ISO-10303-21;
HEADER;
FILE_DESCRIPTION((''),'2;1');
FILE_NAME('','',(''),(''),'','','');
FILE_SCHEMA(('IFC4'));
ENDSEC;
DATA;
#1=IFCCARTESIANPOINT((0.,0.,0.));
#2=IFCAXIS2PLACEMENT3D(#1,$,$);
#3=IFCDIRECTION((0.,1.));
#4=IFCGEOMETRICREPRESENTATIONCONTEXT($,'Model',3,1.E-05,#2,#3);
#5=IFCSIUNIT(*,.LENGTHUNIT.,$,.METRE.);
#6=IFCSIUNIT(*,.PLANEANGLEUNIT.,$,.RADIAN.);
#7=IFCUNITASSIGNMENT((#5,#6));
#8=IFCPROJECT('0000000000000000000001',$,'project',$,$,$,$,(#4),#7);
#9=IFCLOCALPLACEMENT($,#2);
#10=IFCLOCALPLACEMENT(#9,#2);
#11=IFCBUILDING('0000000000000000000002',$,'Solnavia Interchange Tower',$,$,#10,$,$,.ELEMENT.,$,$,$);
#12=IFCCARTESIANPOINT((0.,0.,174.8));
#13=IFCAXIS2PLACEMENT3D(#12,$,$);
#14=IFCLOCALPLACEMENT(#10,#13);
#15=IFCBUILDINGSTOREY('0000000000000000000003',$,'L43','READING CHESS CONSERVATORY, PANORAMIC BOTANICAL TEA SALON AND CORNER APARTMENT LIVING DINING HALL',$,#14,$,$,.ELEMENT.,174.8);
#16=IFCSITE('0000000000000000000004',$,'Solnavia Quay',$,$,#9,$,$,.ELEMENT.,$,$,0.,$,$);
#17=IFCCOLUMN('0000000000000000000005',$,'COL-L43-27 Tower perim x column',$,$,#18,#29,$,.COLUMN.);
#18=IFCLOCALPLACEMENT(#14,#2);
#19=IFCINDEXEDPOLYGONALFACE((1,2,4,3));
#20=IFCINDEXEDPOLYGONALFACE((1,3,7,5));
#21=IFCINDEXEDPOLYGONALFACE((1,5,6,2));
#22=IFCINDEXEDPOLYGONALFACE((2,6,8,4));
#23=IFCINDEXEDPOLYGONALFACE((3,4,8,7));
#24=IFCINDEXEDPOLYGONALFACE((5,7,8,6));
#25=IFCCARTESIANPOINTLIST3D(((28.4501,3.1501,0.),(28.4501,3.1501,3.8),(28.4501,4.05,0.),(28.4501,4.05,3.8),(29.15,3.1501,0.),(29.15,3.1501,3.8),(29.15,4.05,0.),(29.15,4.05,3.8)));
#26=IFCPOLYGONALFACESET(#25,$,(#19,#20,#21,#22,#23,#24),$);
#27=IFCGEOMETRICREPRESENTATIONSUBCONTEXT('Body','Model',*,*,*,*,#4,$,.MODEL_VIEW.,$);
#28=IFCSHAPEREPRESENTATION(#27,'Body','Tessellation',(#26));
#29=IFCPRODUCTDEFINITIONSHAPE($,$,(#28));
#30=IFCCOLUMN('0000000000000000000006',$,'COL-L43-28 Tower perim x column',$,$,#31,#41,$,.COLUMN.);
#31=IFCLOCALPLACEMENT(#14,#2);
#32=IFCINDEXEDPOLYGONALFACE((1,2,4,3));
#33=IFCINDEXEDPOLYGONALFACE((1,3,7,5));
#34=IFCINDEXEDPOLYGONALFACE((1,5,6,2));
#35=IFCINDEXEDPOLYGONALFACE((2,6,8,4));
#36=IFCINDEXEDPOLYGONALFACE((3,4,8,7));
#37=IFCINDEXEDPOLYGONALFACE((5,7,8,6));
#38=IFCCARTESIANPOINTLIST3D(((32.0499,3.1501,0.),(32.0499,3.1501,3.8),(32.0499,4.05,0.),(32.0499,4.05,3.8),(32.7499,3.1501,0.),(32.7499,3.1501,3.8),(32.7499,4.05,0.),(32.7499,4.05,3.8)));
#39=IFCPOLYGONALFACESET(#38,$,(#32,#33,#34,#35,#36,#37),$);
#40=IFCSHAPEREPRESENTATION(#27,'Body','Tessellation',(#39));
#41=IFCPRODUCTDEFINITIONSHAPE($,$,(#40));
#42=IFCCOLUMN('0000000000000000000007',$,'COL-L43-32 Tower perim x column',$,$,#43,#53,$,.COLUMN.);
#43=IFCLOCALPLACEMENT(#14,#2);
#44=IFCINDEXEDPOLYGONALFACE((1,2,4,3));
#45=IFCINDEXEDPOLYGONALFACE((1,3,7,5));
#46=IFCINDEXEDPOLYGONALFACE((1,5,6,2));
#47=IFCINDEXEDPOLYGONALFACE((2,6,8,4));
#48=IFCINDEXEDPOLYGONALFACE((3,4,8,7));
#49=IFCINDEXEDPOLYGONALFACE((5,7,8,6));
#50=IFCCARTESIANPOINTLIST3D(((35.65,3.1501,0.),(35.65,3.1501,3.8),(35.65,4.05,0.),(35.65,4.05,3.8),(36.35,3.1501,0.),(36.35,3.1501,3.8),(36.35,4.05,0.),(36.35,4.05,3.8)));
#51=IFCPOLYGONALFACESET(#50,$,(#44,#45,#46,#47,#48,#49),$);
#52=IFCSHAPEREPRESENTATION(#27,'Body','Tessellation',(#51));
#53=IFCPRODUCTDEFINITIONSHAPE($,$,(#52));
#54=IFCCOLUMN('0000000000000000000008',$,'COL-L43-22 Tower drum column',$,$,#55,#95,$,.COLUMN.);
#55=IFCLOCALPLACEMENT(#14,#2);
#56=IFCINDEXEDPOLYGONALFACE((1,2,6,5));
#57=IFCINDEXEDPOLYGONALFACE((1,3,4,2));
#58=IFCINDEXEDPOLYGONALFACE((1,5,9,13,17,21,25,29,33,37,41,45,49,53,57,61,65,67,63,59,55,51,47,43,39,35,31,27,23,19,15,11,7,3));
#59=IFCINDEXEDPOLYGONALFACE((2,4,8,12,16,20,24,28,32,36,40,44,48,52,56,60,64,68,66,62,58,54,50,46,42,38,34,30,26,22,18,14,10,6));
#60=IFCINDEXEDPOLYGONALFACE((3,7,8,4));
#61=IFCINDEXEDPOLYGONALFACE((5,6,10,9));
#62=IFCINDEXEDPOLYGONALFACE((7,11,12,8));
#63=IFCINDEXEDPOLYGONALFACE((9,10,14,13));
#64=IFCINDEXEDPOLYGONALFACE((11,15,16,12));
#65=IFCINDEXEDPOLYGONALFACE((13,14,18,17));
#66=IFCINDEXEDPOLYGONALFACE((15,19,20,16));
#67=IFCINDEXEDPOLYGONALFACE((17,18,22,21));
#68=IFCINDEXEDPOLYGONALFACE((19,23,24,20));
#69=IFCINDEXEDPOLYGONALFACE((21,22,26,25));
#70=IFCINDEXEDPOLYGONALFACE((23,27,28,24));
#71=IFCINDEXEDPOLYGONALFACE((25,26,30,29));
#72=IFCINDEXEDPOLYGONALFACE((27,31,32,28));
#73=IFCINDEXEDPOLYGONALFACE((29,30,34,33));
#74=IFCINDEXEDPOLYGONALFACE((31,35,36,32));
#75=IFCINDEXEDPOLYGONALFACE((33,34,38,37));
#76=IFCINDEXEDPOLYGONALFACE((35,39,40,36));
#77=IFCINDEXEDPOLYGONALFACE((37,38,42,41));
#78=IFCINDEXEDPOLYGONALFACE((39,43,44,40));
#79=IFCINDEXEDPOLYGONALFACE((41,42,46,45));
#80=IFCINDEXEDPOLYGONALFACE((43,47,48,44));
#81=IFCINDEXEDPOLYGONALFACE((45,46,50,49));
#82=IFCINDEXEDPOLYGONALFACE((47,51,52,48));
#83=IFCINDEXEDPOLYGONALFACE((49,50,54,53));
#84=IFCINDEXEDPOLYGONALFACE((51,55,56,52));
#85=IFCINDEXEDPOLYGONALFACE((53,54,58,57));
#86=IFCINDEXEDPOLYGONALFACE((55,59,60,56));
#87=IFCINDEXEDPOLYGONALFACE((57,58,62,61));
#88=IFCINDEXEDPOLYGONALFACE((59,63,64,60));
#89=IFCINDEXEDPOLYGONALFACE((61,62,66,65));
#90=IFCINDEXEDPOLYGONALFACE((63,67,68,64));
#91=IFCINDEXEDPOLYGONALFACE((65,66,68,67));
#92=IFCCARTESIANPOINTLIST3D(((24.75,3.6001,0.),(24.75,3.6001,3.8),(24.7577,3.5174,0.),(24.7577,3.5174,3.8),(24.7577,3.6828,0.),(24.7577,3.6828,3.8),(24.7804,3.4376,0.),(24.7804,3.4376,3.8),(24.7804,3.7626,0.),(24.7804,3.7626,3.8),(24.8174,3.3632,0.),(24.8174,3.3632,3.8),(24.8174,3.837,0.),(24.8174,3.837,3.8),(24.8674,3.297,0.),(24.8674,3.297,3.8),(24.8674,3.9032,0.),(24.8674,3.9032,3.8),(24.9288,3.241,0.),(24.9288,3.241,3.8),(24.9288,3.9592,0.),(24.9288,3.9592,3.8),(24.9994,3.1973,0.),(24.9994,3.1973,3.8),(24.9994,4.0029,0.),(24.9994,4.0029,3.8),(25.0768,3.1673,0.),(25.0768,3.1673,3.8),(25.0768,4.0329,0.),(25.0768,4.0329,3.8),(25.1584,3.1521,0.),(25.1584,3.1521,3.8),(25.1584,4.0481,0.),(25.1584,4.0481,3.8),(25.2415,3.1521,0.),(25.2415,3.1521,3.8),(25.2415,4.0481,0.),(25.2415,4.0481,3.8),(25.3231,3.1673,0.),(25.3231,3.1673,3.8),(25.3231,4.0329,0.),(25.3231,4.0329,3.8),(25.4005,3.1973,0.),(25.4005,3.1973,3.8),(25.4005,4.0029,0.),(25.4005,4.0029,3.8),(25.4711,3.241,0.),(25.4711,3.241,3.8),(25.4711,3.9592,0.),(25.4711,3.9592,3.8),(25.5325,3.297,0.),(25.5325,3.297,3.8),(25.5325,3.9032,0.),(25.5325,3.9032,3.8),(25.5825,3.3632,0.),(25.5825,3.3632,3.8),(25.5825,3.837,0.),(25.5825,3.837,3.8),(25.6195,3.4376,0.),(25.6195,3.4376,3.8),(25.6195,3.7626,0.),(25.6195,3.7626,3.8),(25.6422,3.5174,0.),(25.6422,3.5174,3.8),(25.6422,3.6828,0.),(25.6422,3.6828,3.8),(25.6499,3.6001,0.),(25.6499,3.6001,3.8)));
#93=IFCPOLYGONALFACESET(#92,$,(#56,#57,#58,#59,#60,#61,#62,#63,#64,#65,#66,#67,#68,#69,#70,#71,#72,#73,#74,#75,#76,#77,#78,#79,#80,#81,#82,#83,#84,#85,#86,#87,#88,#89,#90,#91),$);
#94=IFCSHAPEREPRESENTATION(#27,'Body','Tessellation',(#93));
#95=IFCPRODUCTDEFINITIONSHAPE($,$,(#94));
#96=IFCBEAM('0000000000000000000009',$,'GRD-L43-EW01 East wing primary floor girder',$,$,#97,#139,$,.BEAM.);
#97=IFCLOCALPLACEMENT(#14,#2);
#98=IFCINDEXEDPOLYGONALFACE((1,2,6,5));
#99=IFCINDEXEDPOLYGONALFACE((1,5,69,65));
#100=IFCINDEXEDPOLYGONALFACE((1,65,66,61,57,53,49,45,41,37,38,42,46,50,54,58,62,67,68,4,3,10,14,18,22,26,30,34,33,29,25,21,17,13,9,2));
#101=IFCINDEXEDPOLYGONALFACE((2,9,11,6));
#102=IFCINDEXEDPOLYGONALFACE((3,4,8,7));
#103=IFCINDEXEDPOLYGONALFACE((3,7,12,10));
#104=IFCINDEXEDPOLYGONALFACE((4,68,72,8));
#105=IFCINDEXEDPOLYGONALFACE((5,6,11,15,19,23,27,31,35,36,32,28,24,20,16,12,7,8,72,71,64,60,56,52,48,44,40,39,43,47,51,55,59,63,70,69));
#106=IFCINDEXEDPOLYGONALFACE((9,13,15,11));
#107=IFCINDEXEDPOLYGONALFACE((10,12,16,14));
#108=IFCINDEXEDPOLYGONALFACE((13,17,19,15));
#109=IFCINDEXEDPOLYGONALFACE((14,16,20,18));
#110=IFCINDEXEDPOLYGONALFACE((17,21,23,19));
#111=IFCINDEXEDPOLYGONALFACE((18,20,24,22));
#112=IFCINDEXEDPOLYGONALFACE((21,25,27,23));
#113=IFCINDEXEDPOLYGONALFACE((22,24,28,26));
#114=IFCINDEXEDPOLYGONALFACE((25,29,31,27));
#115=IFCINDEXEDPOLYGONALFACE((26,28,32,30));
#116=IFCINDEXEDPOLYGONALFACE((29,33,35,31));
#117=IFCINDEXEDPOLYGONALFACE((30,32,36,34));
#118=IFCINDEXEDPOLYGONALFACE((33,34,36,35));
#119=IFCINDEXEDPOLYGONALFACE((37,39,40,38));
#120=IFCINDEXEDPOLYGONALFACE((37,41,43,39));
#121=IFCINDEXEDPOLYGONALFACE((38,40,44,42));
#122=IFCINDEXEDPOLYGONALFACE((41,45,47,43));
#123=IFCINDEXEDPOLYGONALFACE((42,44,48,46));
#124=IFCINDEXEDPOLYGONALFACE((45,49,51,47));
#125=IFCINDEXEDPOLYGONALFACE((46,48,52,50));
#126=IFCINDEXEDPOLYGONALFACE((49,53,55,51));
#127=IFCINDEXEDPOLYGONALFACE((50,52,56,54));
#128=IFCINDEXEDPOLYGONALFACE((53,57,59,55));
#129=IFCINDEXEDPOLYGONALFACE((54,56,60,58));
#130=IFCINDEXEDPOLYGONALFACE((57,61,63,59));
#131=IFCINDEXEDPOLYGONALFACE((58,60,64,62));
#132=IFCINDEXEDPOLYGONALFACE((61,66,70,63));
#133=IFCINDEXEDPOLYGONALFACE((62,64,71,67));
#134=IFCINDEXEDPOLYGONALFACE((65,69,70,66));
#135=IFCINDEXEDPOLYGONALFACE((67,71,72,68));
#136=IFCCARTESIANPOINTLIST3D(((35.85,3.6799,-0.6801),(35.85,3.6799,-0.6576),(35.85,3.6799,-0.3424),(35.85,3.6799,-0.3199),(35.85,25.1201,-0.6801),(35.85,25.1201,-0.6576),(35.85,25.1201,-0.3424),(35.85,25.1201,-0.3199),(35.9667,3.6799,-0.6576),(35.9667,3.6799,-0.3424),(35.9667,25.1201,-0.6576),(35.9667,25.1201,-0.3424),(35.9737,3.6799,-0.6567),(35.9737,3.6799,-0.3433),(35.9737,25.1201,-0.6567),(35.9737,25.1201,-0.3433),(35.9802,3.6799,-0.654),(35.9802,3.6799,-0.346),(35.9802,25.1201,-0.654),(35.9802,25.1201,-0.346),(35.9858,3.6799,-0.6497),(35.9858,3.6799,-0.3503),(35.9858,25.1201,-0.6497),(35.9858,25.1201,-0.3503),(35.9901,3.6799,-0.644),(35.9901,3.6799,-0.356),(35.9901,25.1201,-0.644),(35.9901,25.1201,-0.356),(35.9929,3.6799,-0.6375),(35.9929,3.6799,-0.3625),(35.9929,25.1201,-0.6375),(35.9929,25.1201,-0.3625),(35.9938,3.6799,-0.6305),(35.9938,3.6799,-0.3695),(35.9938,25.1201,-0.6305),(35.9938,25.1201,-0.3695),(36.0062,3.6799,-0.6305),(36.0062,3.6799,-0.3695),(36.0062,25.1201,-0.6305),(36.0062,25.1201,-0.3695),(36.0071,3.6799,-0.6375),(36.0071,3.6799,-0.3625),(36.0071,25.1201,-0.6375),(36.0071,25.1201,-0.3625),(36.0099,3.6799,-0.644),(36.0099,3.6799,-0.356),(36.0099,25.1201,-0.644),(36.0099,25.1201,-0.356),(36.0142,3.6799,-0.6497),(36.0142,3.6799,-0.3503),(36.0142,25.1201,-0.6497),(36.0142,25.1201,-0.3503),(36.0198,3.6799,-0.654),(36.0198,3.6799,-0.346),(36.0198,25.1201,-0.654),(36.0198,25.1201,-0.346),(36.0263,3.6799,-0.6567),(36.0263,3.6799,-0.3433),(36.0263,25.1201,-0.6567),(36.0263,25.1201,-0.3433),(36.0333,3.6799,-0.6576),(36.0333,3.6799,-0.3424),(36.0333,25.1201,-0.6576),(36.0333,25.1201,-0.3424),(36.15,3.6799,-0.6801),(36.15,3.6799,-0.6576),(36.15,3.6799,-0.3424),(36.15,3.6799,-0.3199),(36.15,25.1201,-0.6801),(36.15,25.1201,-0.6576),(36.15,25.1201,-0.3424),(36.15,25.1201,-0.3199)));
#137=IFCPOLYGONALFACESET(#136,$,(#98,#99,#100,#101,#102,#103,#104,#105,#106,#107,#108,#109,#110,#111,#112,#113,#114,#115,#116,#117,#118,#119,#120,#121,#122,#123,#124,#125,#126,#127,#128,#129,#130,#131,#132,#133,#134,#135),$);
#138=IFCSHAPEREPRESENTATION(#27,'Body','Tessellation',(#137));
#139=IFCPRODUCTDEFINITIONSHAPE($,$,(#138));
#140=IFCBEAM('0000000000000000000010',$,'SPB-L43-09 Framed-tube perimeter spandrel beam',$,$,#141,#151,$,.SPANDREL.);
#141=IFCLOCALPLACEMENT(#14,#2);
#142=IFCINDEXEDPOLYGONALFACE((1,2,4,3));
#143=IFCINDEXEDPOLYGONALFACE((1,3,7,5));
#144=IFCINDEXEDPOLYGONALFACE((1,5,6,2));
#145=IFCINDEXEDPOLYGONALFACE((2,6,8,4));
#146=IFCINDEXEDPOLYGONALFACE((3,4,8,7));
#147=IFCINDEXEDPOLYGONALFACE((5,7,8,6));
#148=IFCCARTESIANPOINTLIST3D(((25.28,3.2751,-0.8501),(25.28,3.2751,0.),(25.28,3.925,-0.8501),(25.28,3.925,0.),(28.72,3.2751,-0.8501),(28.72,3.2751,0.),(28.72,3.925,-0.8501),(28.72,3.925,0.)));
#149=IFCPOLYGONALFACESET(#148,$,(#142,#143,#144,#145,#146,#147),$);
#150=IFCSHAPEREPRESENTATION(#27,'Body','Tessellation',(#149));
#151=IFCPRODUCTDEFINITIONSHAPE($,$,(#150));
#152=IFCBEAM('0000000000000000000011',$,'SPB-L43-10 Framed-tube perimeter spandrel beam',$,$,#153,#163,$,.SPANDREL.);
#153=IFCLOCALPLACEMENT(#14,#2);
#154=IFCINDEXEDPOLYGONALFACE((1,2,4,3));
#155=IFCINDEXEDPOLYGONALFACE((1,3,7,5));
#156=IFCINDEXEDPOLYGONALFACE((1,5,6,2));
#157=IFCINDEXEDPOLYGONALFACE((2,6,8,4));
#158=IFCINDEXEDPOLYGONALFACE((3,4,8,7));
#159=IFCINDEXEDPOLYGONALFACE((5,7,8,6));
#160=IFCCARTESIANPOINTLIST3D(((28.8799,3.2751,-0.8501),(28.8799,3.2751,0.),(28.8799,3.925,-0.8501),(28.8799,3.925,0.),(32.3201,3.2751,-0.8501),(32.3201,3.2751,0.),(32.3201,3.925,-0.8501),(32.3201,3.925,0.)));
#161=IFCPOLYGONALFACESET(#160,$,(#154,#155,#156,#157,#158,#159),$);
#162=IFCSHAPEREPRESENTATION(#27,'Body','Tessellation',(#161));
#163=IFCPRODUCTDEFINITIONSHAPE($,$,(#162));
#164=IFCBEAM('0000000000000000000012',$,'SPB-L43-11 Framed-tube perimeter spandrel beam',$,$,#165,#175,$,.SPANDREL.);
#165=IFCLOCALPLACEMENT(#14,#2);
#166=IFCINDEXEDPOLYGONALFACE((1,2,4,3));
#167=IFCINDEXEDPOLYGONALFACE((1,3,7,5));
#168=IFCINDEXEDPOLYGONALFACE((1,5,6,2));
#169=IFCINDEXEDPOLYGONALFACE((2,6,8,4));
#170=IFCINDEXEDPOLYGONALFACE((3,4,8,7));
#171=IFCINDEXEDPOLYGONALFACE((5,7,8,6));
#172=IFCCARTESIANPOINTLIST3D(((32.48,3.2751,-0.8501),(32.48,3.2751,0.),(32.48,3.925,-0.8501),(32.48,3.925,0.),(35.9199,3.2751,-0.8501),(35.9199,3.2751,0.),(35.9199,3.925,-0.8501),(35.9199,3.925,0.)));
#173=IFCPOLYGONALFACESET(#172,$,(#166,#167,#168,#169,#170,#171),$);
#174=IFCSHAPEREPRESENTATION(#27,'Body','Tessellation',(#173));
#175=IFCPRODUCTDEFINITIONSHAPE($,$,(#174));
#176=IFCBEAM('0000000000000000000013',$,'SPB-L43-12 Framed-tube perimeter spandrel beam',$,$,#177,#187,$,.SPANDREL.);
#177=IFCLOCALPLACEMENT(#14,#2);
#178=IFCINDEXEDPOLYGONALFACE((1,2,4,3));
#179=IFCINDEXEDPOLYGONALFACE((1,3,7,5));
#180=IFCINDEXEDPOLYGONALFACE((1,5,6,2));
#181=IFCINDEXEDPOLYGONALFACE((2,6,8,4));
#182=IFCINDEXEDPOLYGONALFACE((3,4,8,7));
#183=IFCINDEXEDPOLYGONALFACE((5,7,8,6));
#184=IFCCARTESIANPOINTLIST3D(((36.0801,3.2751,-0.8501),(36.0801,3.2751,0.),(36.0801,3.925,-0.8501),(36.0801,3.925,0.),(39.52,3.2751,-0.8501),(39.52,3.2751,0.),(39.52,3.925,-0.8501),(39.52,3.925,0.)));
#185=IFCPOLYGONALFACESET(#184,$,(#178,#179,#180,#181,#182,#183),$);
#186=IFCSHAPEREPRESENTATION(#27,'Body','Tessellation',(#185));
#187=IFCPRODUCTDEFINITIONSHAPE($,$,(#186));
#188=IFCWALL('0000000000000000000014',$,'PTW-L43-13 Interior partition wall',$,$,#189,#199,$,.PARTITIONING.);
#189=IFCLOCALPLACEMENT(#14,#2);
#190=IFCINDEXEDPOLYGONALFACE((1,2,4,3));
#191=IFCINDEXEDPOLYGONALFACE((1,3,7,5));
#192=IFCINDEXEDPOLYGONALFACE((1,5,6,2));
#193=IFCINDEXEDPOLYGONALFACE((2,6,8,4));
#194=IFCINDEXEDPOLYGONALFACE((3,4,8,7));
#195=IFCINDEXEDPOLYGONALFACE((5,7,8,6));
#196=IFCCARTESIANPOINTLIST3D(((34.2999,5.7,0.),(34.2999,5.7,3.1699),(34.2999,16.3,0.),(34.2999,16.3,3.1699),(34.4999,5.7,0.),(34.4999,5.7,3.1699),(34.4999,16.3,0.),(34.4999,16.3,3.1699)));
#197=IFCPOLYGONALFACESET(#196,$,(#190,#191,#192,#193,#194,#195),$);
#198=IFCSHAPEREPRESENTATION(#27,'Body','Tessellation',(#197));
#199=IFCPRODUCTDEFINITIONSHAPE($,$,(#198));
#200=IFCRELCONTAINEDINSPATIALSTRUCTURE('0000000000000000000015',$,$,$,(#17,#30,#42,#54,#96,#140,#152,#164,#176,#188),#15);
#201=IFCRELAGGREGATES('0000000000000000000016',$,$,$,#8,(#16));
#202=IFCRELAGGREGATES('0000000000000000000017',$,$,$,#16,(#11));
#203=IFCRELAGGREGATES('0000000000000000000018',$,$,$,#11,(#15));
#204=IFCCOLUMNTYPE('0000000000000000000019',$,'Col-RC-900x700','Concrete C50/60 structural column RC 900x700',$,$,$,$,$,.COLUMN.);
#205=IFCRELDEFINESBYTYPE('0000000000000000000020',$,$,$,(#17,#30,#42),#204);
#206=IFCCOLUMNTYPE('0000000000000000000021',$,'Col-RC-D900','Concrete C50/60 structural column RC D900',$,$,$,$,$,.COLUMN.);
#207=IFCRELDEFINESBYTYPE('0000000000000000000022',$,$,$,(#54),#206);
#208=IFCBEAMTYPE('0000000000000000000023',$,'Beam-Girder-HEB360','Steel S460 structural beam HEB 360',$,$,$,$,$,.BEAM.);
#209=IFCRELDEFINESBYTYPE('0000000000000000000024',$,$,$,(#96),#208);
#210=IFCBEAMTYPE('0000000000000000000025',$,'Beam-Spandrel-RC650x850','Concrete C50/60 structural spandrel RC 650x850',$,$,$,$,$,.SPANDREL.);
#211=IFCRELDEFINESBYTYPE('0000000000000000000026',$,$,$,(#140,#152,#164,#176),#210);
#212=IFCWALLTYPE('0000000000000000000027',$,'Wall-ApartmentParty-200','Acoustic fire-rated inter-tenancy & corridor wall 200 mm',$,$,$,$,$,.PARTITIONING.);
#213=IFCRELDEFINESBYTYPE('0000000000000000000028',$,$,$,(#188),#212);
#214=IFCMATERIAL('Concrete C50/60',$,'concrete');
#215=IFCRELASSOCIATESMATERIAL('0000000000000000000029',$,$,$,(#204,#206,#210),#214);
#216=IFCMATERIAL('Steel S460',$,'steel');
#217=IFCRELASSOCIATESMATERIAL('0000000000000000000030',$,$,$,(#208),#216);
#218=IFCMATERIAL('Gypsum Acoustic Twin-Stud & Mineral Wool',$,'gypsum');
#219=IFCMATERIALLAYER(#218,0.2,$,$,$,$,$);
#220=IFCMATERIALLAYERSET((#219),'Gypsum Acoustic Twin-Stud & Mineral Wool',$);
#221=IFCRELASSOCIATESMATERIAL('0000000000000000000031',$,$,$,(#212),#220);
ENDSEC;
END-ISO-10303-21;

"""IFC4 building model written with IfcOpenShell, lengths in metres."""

from ifc_helpers import new_model, si_unit, direction, frame, frame_2d, origin, origin_2d, place, context, subcontext, project, spatial, rectangle, circle, i_section, extrude, material, layer, layer_set, material_profile, profile_set, type_object, element, save


model = new_model("IFC4")

# Units and contexts
model_context = context("Model", 3, precision=1e-05, world=origin(), true_north=direction((0.0, 1.0)))
body_context = subcontext(model_context, "Body", "Model", "MODEL_VIEW")
ifc_project = project(units=[si_unit("LENGTHUNIT", "METRE"), si_unit("PLANEANGLEUNIT", "RADIAN")], contexts=[model_context])

# Site, building, storey
site_placement = place(None, origin())
site = spatial("IfcSite", under=ifc_project, at=site_placement, Name="Solnavia Quay", CompositionType="ELEMENT", RefElevation=0.0)
building_placement = place(site_placement, origin())
building = spatial("IfcBuilding", under=site, at=building_placement, Name="Solnavia Interchange Tower", CompositionType="ELEMENT")
storey_placement = place(building_placement, frame((0.0, 0.0, 174.8)))
storey = spatial("IfcBuildingStorey", under=building, at=storey_placement, Name="L43", Description="READING CHESS CONSERVATORY, PANORAMIC BOTANICAL TEA SALON AND CORNER APARTMENT LIVING DINING HALL", CompositionType="ELEMENT", Elevation=174.8)

# Columns
ifc_material_1 = material(Name="Concrete C50/60", Category="concrete")
ifc_material_profile_1 = material_profile(ifc_material_1, rectangle(XDim=0.7, YDim=0.8999, at=origin_2d()), Name="RC 900x700")
ifc_profile_set_1 = profile_set([ifc_material_profile_1], Name="Concrete C50/60")
column_type_1 = type_object("IfcColumnType", Name="Col-RC-900x700", Description="Concrete C50/60 structural column RC 900x700", PredefinedType="COLUMN", material=ifc_profile_set_1)
for number, where, z_axis, x_axis, name in (
    (1, (28.8, 3.6001, 0.0), (0.0, 0.0, 1.0), (1.0, 0.0, 0.0), "COL-L43-27 Tower perim x column"),
    (2, (32.3999, 3.6001, 0.0), (0.0, 0.0, 1.0), (1.0, 0.0, 0.0), "COL-L43-28 Tower perim x column"),
    (3, (36.0, 3.6001, 0.0), (0.0, 0.0, 1.0), (1.0, 0.0, 0.0), "COL-L43-32 Tower perim x column"),
):
    element("IfcColumn", number, at=place(storey_placement, frame(where, z_axis=z_axis, x_axis=x_axis)), inside=storey, type_object=column_type_1, Name=name, PredefinedType="COLUMN", context=body_context, shape_type="SweptSolid", body=[
        extrude(rectangle(XDim=0.7, YDim=0.8999, at=origin_2d()), origin(), (0.0, 0.0, 1.0), 3.8),
    ])
ifc_material_profile_2 = material_profile(ifc_material_1, circle(Radius=0.45, at=origin_2d()), Name="RC D900")
ifc_profile_set_2 = profile_set([ifc_material_profile_2], Name="Concrete C50/60")
column_type_2 = type_object("IfcColumnType", Name="Col-RC-D900", Description="Concrete C50/60 structural column RC D900", PredefinedType="COLUMN", material=ifc_profile_set_2)
column_placement = place(storey_placement, frame((25.2, 3.6001, 0.0), z_axis=(0.0, 0.0, 1.0), x_axis=(1.0, 0.0, 0.0)))
element("IfcColumn", 4, at=column_placement, inside=storey, type_object=column_type_2, Name="COL-L43-22 Tower drum column", PredefinedType="COLUMN", context=body_context, shape_type="SweptSolid", body=[
    extrude(circle(Radius=0.45, at=origin_2d()), origin(), (0.0, 0.0, 1.0), 3.8),
])

# Beams
ifc_material_2 = material(Name="Steel S460", Category="steel")
ifc_material_profile_3 = material_profile(ifc_material_2, i_section(OverallWidth=0.3, OverallDepth=0.3601, WebThickness=0.0125, FlangeThickness=0.0225, FilletRadius=0.0271, at=origin_2d()), Name="HEB 360")
ifc_profile_set_3 = profile_set([ifc_material_profile_3], Name="Steel S460")
beam_type_1 = type_object("IfcBeamType", Name="Beam-Girder-HEB360", Description="Steel S460 structural beam HEB 360", PredefinedType="BEAM", material=ifc_profile_set_3)
beam_1_placement = place(storey_placement, frame((36.0, 3.6799, -0.5), z_axis=(0.0, 1.0, 0.0), x_axis=(-1.0, 0.0, 0.0)))
element("IfcBeam", 5, at=beam_1_placement, inside=storey, type_object=beam_type_1, Name="GRD-L43-EW01 East wing primary floor girder", PredefinedType="BEAM", context=body_context, shape_type="SweptSolid", body=[
    extrude(i_section(OverallWidth=0.3, OverallDepth=0.3601, WebThickness=0.0125, FlangeThickness=0.0225, FilletRadius=0.0271, at=origin_2d()), origin(), (0.0, 0.0, 1.0), 21.4402),
])
ifc_material_profile_4 = material_profile(ifc_material_1, rectangle(XDim=0.6499, YDim=0.8501, at=origin_2d()), Name="RC 650x850")
ifc_profile_set_4 = profile_set([ifc_material_profile_4], Name="Concrete C50/60")
beam_type_2 = type_object("IfcBeamType", Name="Beam-Spandrel-RC650x850", Description="Concrete C50/60 structural spandrel RC 650x850", PredefinedType="SPANDREL", material=ifc_profile_set_4)
beam_2_placement = place(storey_placement, frame((25.28, 3.6001, -0.425), z_axis=(1.0, 0.0, 0.0), x_axis=(0.0, 1.0, 0.0)))
element("IfcBeam", 6, at=beam_2_placement, inside=storey, type_object=beam_type_2, Name="SPB-L43-09 Framed-tube perimeter spandrel beam", PredefinedType="SPANDREL", context=body_context, shape_type="SweptSolid", body=[
    extrude(rectangle(XDim=0.6499, YDim=0.8501, at=origin_2d()), origin(), (0.0, 0.0, 1.0), 3.4399),
])
beam_3_placement = place(storey_placement, frame((28.8799, 3.6001, -0.425), z_axis=(1.0, 0.0, 0.0), x_axis=(0.0, 1.0, 0.0)))
element("IfcBeam", 7, at=beam_3_placement, inside=storey, type_object=beam_type_2, Name="SPB-L43-10 Framed-tube perimeter spandrel beam", PredefinedType="SPANDREL", context=body_context, shape_type="SweptSolid", body=[
    extrude(rectangle(XDim=0.6499, YDim=0.8501, at=origin_2d()), origin(), (0.0, 0.0, 1.0), 3.4402),
])
for number, where, z_axis, x_axis, name in (
    (8, (32.48, 3.6001, -0.425), (1.0, 0.0, 0.0), (0.0, 1.0, 0.0), "SPB-L43-11 Framed-tube perimeter spandrel beam"),
    (9, (36.0801, 3.6001, -0.425), (1.0, 0.0, 0.0), (0.0, 1.0, 0.0), "SPB-L43-12 Framed-tube perimeter spandrel beam"),
):
    element("IfcBeam", number, at=place(storey_placement, frame(where, z_axis=z_axis, x_axis=x_axis)), inside=storey, type_object=beam_type_2, Name=name, PredefinedType="SPANDREL", context=body_context, shape_type="SweptSolid", body=[
        extrude(rectangle(XDim=0.6499, YDim=0.8501, at=origin_2d()), origin(), (0.0, 0.0, 1.0), 3.4399),
    ])

# Wall
ifc_material_3 = material(Name="Gypsum Acoustic Twin-Stud & Mineral Wool", Category="gypsum")
ifc_layer_1 = layer(ifc_material_3, 0.2)
ifc_layer_set_1 = layer_set([ifc_layer_1], Name="Gypsum Acoustic Twin-Stud & Mineral Wool")
wall_type_1 = type_object("IfcWallType", Name="Wall-ApartmentParty-200", Description="Acoustic fire-rated inter-tenancy & corridor wall 200 mm", PredefinedType="PARTITIONING", material=ifc_layer_set_1)
wall_1_placement = place(storey_placement, frame((34.3999, 5.7, 0.0), z_axis=(0.0, 0.0, 1.0), x_axis=(0.0, 1.0, 0.0)))
element("IfcWall", 10, at=wall_1_placement, inside=storey, type_object=wall_type_1, Name="PTW-L43-13 Interior partition wall", PredefinedType="PARTITIONING", context=body_context, shape_type="SweptSolid", body=[
    extrude(rectangle(XDim=10.6001, YDim=0.2, at=frame_2d((5.3, 0.0))), origin(), (0.0, 0.0, 1.0), 3.1699),
])

save(model, "model.ifc")
